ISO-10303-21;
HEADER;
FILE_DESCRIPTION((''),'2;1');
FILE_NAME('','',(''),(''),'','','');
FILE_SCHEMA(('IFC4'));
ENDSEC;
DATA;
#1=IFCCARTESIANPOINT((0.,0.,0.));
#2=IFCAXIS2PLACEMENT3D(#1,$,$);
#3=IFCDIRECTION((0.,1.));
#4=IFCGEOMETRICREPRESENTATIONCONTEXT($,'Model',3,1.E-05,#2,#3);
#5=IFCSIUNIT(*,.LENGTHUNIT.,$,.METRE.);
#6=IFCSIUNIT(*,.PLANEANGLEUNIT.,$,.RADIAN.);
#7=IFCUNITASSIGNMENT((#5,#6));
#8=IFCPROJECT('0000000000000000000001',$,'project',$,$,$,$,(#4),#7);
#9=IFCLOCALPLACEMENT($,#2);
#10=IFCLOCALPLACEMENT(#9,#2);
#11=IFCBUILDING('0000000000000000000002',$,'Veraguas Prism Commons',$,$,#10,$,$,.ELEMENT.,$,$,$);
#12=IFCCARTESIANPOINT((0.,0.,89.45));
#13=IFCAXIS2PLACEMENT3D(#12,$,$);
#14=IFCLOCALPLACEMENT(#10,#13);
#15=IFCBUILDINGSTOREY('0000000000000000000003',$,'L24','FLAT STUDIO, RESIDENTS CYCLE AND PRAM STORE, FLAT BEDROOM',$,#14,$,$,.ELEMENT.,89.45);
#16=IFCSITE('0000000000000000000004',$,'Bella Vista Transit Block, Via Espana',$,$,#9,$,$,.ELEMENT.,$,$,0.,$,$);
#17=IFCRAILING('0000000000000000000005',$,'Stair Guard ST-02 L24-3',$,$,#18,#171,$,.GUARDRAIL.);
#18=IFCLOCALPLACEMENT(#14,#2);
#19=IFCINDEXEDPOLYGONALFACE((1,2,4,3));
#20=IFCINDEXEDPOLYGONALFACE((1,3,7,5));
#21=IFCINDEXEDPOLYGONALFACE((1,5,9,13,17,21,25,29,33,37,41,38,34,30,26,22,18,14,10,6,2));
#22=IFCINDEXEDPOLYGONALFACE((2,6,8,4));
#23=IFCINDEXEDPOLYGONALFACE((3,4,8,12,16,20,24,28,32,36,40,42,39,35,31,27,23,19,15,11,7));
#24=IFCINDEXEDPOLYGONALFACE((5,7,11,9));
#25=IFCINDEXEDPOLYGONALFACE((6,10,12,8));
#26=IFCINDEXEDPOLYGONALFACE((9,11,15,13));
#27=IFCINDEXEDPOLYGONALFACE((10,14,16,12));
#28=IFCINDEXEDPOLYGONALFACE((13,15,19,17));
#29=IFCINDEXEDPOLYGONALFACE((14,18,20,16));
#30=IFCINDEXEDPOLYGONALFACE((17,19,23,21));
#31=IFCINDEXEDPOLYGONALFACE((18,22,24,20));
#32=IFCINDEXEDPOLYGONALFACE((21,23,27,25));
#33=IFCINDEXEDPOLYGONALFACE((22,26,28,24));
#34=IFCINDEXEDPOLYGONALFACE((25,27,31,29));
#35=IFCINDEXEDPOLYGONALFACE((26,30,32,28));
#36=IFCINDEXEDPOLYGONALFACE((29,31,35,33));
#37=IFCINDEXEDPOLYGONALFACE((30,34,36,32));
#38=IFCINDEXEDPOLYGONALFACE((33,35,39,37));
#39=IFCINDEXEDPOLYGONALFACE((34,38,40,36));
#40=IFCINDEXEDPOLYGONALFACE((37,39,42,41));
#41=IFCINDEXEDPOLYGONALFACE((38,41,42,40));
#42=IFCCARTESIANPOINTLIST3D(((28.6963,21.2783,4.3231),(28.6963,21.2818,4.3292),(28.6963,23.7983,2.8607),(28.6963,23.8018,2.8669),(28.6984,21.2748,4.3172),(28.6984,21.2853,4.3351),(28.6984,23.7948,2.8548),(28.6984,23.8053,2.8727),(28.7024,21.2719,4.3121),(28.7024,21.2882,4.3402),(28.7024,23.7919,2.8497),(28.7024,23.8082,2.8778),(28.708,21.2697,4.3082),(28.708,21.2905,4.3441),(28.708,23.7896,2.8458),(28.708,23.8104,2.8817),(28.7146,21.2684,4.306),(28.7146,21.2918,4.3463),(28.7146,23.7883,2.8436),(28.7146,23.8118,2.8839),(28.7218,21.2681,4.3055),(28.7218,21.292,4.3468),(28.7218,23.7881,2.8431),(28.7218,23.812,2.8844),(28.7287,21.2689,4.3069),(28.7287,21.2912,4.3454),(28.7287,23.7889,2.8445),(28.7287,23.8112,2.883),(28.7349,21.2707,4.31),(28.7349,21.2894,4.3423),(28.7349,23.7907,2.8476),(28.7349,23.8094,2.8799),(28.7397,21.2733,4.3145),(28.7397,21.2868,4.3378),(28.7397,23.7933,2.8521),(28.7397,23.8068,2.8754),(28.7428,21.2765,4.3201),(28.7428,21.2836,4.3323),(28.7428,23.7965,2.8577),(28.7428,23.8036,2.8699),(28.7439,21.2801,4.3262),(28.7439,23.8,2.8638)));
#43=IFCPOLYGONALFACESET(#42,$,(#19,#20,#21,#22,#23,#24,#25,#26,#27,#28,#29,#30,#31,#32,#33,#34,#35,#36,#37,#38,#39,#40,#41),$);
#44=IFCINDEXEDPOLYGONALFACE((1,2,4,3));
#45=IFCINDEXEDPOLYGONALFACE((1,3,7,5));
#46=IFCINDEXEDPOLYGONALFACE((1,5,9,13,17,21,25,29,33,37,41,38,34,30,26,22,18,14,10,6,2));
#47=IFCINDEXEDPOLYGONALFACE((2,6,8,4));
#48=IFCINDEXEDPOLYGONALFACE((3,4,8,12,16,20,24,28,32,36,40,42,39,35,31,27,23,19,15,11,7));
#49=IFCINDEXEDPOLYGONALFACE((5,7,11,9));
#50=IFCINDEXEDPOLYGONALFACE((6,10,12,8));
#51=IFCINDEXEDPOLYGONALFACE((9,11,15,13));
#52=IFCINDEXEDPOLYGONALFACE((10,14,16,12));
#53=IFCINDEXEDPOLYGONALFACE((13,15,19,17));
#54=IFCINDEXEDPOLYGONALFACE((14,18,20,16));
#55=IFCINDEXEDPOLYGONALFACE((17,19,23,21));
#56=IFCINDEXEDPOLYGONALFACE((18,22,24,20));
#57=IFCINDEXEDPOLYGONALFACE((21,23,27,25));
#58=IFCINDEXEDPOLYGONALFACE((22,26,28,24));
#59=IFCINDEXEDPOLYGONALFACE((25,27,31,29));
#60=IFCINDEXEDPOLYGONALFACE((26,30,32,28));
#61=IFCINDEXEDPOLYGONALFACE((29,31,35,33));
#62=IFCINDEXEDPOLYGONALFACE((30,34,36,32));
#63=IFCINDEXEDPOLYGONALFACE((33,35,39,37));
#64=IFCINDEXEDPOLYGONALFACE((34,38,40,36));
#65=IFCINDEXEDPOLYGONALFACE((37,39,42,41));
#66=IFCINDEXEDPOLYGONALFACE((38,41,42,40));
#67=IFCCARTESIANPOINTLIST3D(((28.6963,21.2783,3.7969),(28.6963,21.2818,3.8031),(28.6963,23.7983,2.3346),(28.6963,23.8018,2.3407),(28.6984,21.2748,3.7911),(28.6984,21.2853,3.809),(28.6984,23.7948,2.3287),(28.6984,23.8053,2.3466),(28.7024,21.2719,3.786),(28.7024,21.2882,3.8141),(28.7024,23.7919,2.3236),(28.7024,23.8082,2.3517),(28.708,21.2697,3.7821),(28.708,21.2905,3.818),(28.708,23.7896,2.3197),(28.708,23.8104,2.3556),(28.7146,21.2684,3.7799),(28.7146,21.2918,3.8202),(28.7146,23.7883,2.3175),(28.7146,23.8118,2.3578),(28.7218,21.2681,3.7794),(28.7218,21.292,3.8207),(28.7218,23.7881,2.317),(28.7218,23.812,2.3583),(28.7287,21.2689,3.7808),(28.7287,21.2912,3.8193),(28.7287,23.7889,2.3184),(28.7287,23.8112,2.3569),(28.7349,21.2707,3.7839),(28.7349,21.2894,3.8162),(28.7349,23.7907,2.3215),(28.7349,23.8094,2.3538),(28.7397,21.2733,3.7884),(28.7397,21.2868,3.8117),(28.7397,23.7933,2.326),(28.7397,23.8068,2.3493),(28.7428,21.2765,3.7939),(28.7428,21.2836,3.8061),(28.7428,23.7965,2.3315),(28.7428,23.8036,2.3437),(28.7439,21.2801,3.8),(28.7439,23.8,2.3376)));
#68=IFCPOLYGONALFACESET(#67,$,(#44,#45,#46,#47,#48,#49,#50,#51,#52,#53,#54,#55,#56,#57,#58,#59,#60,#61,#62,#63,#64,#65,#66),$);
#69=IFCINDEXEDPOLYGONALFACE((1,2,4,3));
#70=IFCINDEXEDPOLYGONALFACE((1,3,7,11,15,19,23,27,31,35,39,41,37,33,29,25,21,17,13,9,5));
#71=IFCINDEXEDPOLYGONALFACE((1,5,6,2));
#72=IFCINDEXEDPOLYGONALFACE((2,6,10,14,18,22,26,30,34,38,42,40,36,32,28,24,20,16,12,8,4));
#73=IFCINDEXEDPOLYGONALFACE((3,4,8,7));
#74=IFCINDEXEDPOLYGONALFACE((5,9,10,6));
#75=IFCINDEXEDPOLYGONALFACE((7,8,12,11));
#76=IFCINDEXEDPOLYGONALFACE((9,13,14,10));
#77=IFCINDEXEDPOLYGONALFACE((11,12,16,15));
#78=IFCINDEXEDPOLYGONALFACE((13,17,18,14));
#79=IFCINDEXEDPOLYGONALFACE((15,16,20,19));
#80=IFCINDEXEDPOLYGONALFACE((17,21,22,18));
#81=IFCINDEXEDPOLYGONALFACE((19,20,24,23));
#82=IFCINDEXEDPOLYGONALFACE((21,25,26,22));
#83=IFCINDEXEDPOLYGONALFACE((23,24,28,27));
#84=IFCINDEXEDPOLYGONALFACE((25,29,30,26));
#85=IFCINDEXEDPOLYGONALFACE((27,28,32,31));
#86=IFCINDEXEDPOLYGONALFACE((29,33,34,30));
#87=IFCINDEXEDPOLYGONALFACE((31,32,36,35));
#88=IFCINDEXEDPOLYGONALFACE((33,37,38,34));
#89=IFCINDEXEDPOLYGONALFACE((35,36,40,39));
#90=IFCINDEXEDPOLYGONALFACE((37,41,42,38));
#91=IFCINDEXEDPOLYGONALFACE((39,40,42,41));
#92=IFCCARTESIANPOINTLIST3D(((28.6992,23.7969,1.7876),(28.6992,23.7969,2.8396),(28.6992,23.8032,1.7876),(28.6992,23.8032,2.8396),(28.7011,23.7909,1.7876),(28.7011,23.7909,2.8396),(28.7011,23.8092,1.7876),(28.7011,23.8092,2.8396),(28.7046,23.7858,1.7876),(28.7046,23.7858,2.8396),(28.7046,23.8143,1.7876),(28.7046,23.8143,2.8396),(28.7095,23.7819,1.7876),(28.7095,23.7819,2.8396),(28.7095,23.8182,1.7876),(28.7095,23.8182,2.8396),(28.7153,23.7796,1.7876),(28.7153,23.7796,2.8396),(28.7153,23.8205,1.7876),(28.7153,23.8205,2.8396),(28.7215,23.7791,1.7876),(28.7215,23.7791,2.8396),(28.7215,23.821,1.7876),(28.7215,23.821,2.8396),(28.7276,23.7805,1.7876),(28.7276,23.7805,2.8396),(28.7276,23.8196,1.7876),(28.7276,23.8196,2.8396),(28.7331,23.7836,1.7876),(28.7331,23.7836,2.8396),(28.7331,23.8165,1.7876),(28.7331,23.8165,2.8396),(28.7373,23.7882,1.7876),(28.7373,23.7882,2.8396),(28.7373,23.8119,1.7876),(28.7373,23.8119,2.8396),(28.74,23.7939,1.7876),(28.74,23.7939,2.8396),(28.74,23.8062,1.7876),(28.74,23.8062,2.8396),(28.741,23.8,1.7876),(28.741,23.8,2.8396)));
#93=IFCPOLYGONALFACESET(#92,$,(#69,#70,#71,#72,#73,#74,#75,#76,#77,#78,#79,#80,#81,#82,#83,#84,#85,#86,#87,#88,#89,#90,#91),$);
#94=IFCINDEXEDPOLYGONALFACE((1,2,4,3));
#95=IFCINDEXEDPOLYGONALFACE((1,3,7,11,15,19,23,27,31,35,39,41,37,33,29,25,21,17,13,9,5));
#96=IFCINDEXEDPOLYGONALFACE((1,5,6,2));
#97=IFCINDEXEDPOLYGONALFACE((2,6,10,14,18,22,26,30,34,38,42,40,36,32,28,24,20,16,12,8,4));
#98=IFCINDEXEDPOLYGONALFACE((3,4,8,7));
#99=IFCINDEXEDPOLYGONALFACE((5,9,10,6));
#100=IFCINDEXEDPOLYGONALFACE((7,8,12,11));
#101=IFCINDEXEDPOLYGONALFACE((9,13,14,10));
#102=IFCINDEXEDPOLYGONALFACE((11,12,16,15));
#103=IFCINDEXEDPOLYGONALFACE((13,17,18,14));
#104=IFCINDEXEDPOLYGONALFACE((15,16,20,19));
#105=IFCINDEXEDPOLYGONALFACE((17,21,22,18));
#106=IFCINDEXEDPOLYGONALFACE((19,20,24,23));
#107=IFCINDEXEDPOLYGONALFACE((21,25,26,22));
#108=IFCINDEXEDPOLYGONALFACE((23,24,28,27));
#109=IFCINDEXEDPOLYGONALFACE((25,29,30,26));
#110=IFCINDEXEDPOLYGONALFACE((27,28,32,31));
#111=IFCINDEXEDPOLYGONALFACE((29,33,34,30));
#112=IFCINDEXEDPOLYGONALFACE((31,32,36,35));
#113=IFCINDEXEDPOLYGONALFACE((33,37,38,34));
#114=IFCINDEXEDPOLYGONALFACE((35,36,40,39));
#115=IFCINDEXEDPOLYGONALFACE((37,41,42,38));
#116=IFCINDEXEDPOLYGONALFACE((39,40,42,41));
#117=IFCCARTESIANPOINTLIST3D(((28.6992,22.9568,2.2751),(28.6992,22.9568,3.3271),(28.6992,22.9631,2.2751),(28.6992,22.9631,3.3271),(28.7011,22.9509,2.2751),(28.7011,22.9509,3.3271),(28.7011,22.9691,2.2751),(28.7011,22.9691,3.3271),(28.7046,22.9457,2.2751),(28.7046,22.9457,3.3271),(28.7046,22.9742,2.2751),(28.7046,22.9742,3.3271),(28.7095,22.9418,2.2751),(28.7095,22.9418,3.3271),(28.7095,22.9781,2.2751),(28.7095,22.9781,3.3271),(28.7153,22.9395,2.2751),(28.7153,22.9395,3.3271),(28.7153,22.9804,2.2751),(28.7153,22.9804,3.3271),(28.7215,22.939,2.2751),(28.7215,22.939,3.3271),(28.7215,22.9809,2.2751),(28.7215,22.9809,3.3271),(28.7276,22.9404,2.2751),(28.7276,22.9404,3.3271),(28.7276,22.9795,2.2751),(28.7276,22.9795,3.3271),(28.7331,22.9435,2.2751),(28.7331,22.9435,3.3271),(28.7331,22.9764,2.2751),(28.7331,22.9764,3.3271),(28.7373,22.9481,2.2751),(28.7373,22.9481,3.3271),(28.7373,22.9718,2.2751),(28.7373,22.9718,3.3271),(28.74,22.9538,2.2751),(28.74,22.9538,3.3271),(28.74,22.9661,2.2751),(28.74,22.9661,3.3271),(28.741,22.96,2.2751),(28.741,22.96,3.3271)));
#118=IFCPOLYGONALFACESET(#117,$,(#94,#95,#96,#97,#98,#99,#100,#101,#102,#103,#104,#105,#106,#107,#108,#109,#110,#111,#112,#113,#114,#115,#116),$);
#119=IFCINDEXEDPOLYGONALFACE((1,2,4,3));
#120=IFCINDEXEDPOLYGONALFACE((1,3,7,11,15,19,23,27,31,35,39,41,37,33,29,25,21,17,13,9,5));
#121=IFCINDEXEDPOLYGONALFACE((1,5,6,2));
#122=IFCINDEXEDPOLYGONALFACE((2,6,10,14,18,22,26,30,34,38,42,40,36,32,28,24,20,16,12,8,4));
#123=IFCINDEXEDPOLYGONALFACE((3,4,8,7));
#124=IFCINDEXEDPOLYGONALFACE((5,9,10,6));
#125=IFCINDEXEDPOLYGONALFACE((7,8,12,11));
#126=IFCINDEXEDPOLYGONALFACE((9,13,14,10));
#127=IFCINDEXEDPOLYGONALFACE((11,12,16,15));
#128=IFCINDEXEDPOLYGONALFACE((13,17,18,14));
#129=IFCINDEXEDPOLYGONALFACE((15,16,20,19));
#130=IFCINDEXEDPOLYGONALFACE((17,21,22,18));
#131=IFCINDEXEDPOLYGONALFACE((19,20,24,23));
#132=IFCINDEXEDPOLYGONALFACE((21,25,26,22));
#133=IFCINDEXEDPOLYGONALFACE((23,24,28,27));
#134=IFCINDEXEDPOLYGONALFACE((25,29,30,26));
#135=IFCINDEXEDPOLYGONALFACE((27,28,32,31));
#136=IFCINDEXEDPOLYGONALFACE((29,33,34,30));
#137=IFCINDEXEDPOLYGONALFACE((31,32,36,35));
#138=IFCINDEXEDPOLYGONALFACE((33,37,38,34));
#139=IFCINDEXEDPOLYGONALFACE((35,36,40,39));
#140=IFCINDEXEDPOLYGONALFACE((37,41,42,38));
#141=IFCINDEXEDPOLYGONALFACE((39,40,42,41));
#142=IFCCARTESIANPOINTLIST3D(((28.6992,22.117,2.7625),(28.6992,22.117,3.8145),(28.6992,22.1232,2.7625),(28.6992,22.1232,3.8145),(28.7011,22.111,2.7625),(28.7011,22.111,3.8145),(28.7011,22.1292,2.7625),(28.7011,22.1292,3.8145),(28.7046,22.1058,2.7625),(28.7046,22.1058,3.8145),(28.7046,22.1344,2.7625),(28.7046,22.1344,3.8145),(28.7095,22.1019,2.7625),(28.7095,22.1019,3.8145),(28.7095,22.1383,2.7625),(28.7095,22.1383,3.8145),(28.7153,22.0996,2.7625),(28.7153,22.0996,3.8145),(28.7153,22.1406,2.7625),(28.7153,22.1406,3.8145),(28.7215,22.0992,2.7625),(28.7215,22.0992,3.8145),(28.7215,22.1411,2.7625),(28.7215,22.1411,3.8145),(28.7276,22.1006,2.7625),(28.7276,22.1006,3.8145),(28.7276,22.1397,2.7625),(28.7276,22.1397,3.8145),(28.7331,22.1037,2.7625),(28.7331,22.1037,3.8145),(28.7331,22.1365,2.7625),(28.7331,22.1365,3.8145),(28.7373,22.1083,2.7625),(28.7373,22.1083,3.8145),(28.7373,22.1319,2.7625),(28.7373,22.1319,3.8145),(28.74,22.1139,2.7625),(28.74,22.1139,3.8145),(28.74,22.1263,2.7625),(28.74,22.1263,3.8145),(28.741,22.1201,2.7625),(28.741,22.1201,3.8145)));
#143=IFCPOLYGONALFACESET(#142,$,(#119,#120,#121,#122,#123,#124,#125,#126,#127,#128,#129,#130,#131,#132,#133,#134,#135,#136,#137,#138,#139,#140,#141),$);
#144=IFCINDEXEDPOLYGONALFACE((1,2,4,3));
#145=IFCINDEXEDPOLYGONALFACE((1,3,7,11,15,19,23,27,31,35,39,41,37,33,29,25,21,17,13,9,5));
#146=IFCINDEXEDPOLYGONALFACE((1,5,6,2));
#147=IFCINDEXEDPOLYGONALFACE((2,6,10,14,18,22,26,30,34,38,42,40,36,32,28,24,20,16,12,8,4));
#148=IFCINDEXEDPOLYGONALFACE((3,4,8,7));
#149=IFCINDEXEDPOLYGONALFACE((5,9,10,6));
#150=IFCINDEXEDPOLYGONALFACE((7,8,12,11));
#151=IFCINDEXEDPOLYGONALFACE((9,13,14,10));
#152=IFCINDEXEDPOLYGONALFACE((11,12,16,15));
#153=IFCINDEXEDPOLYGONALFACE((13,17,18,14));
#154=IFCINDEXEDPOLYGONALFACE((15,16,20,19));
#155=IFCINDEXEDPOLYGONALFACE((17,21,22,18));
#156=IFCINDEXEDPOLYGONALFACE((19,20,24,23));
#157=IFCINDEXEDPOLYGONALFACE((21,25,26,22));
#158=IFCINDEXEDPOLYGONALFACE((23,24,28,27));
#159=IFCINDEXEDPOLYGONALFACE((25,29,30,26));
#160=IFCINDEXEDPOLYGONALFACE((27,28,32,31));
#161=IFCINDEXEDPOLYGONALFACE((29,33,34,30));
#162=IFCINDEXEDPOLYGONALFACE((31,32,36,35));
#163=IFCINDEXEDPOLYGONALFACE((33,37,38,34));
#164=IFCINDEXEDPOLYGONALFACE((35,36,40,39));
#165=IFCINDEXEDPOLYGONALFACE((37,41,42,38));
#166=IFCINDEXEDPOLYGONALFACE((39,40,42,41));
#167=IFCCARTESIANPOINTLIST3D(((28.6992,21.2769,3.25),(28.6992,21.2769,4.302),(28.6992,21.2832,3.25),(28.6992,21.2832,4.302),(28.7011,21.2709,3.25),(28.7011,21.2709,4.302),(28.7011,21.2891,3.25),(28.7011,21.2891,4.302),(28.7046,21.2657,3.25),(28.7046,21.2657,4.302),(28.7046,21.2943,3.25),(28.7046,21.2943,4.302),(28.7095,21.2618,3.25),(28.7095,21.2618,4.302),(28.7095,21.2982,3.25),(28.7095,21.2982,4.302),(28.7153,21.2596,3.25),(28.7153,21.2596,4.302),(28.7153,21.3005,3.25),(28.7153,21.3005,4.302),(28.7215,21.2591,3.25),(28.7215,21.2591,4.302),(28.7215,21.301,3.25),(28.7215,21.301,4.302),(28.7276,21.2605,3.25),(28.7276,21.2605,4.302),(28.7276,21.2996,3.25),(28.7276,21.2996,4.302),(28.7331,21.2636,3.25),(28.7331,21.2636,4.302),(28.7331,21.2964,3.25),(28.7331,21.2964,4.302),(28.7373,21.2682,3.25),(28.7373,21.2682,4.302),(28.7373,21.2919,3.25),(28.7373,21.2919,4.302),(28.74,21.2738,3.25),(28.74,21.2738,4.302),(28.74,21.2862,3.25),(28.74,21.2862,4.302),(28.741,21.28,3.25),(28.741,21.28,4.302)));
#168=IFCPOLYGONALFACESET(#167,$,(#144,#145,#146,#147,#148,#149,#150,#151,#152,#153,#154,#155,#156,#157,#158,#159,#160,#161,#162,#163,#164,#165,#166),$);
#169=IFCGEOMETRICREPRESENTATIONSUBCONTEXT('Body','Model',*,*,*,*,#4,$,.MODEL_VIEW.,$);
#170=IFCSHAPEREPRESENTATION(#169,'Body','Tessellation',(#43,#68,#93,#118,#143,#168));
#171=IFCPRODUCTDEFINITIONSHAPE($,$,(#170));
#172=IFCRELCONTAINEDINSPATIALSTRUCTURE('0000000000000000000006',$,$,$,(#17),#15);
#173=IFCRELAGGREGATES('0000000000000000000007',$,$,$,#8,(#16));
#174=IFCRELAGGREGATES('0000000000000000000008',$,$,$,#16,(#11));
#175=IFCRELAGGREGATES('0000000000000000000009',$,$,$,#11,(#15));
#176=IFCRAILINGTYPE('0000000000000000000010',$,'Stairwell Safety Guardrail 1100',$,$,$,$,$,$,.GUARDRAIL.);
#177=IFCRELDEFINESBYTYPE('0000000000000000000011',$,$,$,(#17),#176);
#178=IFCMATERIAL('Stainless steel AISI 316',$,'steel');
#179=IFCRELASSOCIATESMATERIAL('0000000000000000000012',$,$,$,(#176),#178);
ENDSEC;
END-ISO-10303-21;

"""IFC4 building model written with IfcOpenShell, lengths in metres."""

from ifc_helpers import new_model, si_unit, direction, frame, origin, origin_2d, place, context, subcontext, project, spatial, circle, extrude, material, type_object, element, save


model = new_model("IFC4")

# Units and contexts
model_context = context("Model", 3, precision=1e-05, world=origin(), true_north=direction((0.0, 1.0)))
body_context = subcontext(model_context, "Body", "Model", "MODEL_VIEW")
ifc_project = project(units=[si_unit("LENGTHUNIT", "METRE"), si_unit("PLANEANGLEUNIT", "RADIAN")], contexts=[model_context])

# Site, building, storey
site_placement = place(None, origin())
site = spatial("IfcSite", under=ifc_project, at=site_placement, Name="Bella Vista Transit Block, Via Espana", CompositionType="ELEMENT", RefElevation=0.0)
building_placement = place(site_placement, origin())
building = spatial("IfcBuilding", under=site, at=building_placement, Name="Veraguas Prism Commons", CompositionType="ELEMENT")
storey_placement = place(building_placement, frame((0.0, 0.0, 89.45)))
storey = spatial("IfcBuildingStorey", under=building, at=storey_placement, Name="L24", Description="FLAT STUDIO, RESIDENTS CYCLE AND PRAM STORE, FLAT BEDROOM", CompositionType="ELEMENT", Elevation=89.45)

# Shared definitions
ifc_material_1 = material(Name="Stainless steel AISI 316", Category="steel")

# Railing
railing_type_1 = type_object("IfcRailingType", Name="Stairwell Safety Guardrail 1100", PredefinedType="GUARDRAIL", material=ifc_material_1)
railing_1_placement = place(storey_placement, frame((28.72, 23.8, 1.7876)))
element("IfcRailing", 1, at=railing_1_placement, inside=storey, type_object=railing_type_1, Name="Stair Guard ST-02 L24-3", PredefinedType="GUARDRAIL", context=body_context, shape_type="SweptSolid", body=[
    extrude(circle(Radius=0.0239, at=origin_2d()), frame((0.0, 0.0, 1.0762), z_axis=(0.0, -0.864913, 0.501921), x_axis=(1.0, 0.0, 0.0)), (0.0, 0.0, 1.0), 2.9136),
    extrude(circle(Radius=0.0239, at=origin_2d()), frame((0.0, 0.0, 0.55), z_axis=(0.0, -0.864913, 0.501921), x_axis=(1.0, 0.0, 0.0)), (0.0, 0.0, 1.0), 2.9136),
    extrude(circle(Radius=0.021, at=origin_2d()), origin(), (0.0, 0.0, 1.0), 1.052),
    extrude(circle(Radius=0.021, at=origin_2d()), frame((0.0, -0.8401, 0.4875)), (0.0, 0.0, 1.0), 1.052),
    extrude(circle(Radius=0.021, at=origin_2d()), frame((0.0, -1.6799, 0.9749)), (0.0, 0.0, 1.0), 1.052),
    extrude(circle(Radius=0.021, at=origin_2d()), frame((0.0, -2.52, 1.4624)), (0.0, 0.0, 1.0), 1.052),
])

save(model, "model.ifc")
